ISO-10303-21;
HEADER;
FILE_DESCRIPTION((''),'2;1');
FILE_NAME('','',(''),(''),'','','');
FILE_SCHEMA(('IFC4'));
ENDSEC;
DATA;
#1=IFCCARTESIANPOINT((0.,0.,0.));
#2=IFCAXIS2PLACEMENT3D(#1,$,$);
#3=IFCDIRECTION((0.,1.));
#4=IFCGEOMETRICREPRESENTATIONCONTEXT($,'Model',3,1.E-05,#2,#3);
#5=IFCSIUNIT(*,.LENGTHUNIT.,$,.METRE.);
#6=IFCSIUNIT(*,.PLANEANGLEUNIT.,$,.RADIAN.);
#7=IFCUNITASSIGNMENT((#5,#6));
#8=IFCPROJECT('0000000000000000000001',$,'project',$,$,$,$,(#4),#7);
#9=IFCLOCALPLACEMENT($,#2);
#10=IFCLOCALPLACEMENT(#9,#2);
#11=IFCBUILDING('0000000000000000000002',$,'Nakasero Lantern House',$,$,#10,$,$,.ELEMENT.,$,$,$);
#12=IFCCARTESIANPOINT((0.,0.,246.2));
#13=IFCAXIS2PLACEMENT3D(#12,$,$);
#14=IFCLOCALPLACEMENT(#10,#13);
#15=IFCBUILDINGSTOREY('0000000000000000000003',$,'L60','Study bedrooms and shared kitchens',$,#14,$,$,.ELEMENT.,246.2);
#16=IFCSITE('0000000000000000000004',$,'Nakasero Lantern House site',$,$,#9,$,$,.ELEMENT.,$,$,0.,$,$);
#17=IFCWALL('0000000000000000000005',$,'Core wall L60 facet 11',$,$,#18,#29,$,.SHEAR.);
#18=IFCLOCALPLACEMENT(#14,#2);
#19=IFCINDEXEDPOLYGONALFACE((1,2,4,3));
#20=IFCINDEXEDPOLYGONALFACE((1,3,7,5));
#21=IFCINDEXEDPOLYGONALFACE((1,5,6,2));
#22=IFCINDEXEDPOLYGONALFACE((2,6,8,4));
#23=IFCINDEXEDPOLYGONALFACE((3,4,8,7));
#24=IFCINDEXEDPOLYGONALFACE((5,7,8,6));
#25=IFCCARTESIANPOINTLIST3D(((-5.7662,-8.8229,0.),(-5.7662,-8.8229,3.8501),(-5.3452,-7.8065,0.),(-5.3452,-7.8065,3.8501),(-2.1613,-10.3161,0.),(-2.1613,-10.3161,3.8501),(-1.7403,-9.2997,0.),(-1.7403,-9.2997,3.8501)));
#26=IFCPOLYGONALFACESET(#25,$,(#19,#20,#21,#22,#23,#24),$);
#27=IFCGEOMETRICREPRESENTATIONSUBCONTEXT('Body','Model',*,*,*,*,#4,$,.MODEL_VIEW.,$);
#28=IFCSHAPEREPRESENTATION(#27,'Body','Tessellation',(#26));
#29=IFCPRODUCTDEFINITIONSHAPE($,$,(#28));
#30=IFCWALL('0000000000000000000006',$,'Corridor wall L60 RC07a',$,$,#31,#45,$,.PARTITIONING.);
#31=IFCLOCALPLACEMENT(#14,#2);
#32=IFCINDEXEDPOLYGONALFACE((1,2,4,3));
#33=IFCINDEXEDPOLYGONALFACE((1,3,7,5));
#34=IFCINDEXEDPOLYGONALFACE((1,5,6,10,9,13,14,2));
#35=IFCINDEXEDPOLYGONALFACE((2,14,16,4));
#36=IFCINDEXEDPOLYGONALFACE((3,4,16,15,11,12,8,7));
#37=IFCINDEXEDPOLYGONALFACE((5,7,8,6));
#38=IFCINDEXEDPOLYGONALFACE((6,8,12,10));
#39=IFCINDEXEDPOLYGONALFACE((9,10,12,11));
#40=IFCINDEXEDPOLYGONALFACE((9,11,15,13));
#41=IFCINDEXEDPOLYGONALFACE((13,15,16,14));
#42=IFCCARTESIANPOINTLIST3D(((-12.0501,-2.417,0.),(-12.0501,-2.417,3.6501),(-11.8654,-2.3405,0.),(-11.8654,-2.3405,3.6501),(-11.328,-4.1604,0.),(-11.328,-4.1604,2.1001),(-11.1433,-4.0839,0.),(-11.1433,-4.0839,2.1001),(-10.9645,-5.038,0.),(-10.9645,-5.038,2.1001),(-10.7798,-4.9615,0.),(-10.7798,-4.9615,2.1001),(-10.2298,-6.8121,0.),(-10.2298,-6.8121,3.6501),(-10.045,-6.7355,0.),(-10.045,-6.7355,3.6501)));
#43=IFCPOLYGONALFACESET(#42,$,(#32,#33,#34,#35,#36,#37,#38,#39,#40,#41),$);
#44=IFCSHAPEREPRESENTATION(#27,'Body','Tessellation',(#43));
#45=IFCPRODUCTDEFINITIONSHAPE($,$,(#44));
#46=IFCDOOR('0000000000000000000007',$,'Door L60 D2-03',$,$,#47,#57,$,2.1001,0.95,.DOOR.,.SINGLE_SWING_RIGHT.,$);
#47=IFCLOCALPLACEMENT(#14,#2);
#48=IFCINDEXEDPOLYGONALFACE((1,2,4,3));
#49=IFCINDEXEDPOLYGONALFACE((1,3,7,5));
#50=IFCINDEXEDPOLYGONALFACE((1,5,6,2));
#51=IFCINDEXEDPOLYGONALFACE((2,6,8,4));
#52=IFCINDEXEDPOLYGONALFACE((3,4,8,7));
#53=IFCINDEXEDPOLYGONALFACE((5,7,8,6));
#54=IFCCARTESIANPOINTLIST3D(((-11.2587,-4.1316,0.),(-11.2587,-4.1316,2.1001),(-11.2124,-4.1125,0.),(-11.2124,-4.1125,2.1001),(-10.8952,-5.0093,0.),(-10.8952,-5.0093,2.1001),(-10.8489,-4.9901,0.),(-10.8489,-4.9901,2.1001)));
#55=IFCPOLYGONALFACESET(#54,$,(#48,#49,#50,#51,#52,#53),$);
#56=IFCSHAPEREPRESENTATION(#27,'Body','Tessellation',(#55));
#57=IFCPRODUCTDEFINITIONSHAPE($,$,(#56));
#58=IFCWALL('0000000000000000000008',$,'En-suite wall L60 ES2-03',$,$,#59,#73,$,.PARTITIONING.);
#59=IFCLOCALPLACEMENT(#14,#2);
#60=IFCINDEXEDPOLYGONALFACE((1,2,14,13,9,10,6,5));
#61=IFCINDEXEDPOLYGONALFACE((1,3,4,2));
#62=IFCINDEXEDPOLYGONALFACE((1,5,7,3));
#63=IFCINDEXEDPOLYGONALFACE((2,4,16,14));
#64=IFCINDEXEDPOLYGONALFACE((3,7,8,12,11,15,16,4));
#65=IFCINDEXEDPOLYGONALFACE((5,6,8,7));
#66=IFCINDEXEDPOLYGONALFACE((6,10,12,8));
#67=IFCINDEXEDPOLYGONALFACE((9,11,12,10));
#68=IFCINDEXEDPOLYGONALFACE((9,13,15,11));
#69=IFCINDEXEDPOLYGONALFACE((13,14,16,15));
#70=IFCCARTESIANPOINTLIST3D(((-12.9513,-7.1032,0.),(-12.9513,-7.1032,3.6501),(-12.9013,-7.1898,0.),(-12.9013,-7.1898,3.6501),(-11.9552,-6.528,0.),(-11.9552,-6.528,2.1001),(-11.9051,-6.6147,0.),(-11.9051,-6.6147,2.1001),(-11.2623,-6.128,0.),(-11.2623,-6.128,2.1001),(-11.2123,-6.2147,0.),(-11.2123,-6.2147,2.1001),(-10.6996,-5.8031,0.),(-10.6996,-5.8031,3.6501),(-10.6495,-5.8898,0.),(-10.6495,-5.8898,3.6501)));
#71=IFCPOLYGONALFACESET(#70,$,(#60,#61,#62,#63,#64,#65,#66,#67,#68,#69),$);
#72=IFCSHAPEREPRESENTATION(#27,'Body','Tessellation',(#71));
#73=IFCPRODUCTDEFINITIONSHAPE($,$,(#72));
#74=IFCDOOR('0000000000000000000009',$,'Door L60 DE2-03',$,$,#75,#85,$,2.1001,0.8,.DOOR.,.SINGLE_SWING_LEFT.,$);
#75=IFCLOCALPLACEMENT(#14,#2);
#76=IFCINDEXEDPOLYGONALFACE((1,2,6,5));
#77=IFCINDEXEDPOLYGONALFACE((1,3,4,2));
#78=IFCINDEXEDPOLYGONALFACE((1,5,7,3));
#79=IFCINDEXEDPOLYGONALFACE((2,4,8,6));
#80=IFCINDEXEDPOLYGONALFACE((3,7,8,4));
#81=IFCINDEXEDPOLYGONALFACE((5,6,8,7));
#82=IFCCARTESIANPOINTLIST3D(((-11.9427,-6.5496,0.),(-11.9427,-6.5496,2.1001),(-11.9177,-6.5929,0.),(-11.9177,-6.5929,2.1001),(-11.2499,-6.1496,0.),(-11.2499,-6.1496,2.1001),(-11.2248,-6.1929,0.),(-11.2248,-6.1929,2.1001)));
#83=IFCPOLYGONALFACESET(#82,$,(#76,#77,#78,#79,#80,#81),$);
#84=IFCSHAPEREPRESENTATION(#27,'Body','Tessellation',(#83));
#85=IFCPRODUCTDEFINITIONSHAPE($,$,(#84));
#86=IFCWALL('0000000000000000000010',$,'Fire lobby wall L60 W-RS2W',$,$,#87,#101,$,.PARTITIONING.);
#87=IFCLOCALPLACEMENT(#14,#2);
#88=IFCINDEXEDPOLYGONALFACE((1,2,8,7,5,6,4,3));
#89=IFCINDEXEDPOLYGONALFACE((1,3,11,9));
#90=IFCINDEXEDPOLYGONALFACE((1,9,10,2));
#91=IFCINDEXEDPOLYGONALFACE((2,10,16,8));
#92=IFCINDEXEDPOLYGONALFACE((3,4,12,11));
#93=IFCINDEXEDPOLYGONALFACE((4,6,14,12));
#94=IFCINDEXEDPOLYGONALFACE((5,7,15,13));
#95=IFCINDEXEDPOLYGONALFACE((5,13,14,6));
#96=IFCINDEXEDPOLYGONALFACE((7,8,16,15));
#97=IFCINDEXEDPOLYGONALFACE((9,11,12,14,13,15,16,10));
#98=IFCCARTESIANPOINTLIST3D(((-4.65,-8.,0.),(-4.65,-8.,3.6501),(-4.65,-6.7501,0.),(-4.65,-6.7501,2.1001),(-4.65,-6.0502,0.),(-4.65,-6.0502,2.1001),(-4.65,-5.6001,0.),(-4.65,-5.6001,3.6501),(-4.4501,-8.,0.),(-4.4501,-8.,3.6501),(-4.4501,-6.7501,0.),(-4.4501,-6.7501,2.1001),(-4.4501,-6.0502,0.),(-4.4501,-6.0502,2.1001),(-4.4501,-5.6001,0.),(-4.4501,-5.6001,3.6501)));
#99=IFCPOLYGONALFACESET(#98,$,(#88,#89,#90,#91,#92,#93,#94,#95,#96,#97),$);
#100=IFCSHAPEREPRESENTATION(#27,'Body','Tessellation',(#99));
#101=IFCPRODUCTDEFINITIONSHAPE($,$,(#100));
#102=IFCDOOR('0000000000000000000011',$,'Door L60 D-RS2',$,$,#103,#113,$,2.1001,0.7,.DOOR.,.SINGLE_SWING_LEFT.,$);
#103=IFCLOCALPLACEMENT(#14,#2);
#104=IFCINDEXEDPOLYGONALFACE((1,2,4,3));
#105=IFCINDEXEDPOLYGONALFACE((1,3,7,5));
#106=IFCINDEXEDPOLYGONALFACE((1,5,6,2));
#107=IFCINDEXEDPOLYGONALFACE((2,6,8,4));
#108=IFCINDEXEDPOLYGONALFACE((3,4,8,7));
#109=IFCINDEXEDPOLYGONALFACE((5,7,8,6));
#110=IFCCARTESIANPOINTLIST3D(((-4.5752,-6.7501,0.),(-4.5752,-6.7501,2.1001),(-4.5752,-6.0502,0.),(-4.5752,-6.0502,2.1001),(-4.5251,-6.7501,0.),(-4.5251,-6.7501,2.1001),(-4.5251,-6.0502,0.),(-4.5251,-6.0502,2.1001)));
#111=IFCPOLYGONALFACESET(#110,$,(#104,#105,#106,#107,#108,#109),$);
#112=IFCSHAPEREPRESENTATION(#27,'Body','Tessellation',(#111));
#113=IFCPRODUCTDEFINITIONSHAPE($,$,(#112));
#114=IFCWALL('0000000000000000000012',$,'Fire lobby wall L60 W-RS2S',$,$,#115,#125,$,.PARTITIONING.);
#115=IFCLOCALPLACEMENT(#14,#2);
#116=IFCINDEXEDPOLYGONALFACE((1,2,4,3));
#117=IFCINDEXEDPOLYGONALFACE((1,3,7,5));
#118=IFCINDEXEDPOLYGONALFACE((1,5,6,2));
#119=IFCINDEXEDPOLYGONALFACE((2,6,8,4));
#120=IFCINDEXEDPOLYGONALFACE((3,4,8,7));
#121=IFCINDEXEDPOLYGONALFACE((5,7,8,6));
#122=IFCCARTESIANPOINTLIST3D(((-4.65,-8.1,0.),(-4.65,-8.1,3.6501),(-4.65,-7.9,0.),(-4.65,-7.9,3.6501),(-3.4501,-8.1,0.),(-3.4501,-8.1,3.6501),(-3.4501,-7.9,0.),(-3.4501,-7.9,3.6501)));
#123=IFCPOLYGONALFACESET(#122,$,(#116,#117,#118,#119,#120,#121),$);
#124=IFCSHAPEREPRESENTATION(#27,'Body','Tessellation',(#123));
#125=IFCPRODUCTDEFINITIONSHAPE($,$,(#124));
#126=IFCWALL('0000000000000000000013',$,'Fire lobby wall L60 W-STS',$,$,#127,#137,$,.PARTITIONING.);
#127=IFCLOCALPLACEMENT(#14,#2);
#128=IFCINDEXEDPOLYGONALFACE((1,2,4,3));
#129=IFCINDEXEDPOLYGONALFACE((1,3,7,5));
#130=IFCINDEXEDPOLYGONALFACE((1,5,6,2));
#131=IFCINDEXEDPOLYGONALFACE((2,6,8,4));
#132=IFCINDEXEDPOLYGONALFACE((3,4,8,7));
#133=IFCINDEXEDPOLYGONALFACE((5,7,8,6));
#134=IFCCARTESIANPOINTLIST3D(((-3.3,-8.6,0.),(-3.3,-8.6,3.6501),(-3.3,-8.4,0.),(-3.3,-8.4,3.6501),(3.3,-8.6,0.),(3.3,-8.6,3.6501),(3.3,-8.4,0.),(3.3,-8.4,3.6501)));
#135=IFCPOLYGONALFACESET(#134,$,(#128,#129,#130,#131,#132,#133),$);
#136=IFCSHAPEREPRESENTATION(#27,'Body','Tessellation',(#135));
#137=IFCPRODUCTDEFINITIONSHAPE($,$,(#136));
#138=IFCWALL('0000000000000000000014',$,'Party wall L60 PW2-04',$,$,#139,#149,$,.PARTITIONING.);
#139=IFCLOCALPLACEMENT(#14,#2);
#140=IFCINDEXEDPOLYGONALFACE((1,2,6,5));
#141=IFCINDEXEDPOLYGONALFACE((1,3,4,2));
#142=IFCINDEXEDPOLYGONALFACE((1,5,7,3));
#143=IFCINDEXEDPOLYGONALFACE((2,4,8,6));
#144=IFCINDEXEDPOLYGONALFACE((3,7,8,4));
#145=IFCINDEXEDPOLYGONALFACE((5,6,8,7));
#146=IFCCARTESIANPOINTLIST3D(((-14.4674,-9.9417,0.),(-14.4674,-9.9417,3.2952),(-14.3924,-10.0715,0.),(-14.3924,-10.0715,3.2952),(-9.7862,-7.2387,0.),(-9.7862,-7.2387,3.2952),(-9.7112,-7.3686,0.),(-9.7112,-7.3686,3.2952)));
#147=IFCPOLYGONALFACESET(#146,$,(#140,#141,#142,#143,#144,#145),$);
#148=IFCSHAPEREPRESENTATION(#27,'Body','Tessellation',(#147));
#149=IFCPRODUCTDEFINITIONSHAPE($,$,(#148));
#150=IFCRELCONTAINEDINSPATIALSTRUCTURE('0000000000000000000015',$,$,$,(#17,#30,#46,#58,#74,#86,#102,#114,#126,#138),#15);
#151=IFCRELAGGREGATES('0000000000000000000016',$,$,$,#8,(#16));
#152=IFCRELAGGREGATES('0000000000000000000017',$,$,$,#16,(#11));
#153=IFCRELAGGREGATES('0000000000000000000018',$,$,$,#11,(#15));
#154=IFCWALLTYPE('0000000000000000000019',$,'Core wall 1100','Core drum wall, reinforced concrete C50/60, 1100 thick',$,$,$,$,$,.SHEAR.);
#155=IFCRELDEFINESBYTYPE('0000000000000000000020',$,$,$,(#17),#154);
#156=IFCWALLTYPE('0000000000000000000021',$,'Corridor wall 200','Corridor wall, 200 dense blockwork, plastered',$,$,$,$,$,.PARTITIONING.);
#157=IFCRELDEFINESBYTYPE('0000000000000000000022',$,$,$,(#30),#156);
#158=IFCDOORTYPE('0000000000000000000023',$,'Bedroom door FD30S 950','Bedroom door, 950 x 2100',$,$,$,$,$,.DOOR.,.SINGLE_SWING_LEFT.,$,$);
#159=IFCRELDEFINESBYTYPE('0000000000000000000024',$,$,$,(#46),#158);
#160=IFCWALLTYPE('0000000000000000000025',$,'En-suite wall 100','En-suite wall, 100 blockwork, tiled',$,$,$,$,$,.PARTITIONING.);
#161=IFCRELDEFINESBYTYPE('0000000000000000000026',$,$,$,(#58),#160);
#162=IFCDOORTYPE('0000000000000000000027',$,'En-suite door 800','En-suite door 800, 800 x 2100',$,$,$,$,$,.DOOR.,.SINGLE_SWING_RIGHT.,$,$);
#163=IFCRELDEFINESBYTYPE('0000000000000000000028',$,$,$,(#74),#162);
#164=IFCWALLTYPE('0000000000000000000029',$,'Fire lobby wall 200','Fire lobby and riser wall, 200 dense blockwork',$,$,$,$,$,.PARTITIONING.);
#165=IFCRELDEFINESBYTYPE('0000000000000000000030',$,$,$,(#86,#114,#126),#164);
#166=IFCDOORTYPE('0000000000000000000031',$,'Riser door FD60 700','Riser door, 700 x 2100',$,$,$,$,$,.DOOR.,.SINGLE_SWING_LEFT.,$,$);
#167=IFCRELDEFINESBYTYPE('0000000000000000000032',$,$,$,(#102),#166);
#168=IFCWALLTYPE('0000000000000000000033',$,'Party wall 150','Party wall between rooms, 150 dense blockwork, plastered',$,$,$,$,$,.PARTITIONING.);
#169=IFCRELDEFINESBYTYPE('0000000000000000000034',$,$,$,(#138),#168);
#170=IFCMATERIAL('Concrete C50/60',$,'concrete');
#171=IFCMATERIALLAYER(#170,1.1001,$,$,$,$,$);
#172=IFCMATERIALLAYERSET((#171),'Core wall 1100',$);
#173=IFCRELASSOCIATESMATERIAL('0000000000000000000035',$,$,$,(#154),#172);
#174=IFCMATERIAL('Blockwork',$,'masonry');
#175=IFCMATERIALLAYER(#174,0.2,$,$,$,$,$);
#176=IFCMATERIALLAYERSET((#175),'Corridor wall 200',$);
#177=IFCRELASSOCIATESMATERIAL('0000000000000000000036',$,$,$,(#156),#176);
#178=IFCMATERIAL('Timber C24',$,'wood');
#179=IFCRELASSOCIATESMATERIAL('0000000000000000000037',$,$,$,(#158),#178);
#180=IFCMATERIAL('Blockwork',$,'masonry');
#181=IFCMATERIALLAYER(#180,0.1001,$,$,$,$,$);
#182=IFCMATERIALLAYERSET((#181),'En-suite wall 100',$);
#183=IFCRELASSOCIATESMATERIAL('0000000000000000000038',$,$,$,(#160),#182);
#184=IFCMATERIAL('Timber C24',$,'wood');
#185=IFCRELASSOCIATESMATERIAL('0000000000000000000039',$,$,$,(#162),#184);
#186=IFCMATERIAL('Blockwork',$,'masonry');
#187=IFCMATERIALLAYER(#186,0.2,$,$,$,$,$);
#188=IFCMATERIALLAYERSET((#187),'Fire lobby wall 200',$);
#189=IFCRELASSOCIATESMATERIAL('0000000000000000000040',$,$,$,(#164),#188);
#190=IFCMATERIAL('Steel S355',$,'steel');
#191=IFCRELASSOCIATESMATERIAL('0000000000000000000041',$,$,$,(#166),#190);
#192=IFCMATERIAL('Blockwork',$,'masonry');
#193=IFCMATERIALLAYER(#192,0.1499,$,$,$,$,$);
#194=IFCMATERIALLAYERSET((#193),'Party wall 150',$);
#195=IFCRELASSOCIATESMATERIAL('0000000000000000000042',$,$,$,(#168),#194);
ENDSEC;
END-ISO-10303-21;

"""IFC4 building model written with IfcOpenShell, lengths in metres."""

from ifc_helpers import new_model, si_unit, direction, frame, frame_2d, origin, place, context, subcontext, project, spatial, rectangle, extrude, material, layer, layer_set, type_object, element, fill, save


model = new_model("IFC4")

# Units and contexts
model_context = context("Model", 3, precision=1e-05, world=origin(), true_north=direction((0.0, 1.0)))
body_context = subcontext(model_context, "Body", "Model", "MODEL_VIEW")
ifc_project = project(units=[si_unit("LENGTHUNIT", "METRE"), si_unit("PLANEANGLEUNIT", "RADIAN")], contexts=[model_context])

# Site, building, storey
site_placement = place(None, origin())
site = spatial("IfcSite", under=ifc_project, at=site_placement, Name="Nakasero Lantern House site", CompositionType="ELEMENT", RefElevation=0.0)
building_placement = place(site_placement, origin())
building = spatial("IfcBuilding", under=site, at=building_placement, Name="Nakasero Lantern House", CompositionType="ELEMENT")
storey_placement = place(building_placement, frame((0.0, 0.0, 246.2)))
storey = spatial("IfcBuildingStorey", under=building, at=storey_placement, Name="L60", Description="Study bedrooms and shared kitchens", CompositionType="ELEMENT", Elevation=246.2)

# Wall
ifc_material_1 = material(Name="Concrete C50/60", Category="concrete")
ifc_layer_1 = layer(ifc_material_1, 1.1001)
ifc_layer_set_1 = layer_set([ifc_layer_1], Name="Core wall 1100")
wall_type_1 = type_object("IfcWallType", Name="Core wall 1100", Description="Core drum wall, reinforced concrete C50/60, 1100 thick", PredefinedType="SHEAR", material=ifc_layer_set_1)
wall_1_placement = place(storey_placement, frame((-5.5557, -8.3147, 0.0), z_axis=(0.0, 0.0, 1.0), x_axis=(0.923877, -0.382691, 0.0)))
element("IfcWall", 1, at=wall_1_placement, inside=storey, type_object=wall_type_1, Name="Core wall L60 facet 11", PredefinedType="SHEAR", context=body_context, shape_type="SweptSolid", body=[
    extrude(rectangle(XDim=3.9019, YDim=1.1001, at=frame_2d((1.9509, 0.0))), origin(), (0.0, 0.0, 1.0), 3.8501),
])

# Walls, openings, doors
ifc_material_2 = material(Name="Blockwork", Category="masonry")
ifc_layer_2 = layer(ifc_material_2, 0.2)
ifc_layer_set_2 = layer_set([ifc_layer_2], Name="Corridor wall 200")
wall_type_2 = type_object("IfcWallType", Name="Corridor wall 200", Description="Corridor wall, 200 dense blockwork, plastered", PredefinedType="PARTITIONING", material=ifc_layer_set_2)
wall_2_placement = place(storey_placement, frame((-10.1375, -6.7737, 0.0), z_axis=(0.0, 0.0, 1.0), x_axis=(-0.382654, 0.923892, 0.0)))
wall_2 = element("IfcWall", 2, at=wall_2_placement, inside=storey, type_object=wall_type_2, Name="Corridor wall L60 RC07a", PredefinedType="PARTITIONING", context=body_context, shape_type="SweptSolid", body=[
    extrude(rectangle(XDim=4.7571, YDim=0.2, at=frame_2d((2.3784, 0.0))), origin(), (0.0, 0.0, 1.0), 3.6501),
])
opening_1_placement = place(wall_2_placement, frame((1.9199, 0.0, 0.0)))
opening_1 = element("IfcOpeningElement", 3, at=opening_1_placement, cuts=wall_2, PredefinedType="OPENING", context=body_context, shape_type="SweptSolid", body=[
    extrude(rectangle(XDim=0.95, YDim=2.1001, at=frame_2d((0.4751, 1.05))), frame((0.0, 0.1199, 0.0), z_axis=(0.0, -1.0, 0.0), x_axis=(1.0, 0.0, 0.0)), (0.0, 0.0, 1.0), 0.24),
])
ifc_material_3 = material(Name="Timber C24", Category="wood")
door_type_1 = type_object("IfcDoorType", Name="Bedroom door FD30S 950", Description="Bedroom door, 950 x 2100", OperationType="SINGLE_SWING_LEFT", PredefinedType="DOOR", material=ifc_material_3)
door_1_placement = place(opening_1_placement, origin())
door_1 = element("IfcDoor", 4, at=door_1_placement, inside=storey, type_object=door_type_1, Name="Door L60 D2-03", OperationType="SINGLE_SWING_RIGHT", OverallHeight=2.1001, OverallWidth=0.95, PredefinedType="DOOR", context=body_context, shape_type="SweptSolid", body=[
    extrude(rectangle(XDim=0.95, YDim=2.1001, at=frame_2d((0.4751, 1.05))), frame((0.0, 0.0249, 0.0), z_axis=(0.0, -1.0, 0.0), x_axis=(1.0, 0.0, 0.0)), (0.0, 0.0, 1.0), 0.05),
])
fill(opening_1, door_1)
ifc_material_4 = material(Name="Blockwork", Category="masonry")
ifc_layer_3 = layer(ifc_material_4, 0.1001)
ifc_layer_set_3 = layer_set([ifc_layer_3], Name="En-suite wall 100")
wall_type_3 = type_object("IfcWallType", Name="En-suite wall 100", Description="En-suite wall, 100 blockwork, tiled", PredefinedType="PARTITIONING", material=ifc_layer_set_3)
wall_3_placement = place(storey_placement, frame((-10.6746, -5.8464, 0.0), z_axis=(0.0, 0.0, 1.0), x_axis=(-0.866021, -0.500007, 0.0)))
wall_3 = element("IfcWall", 5, at=wall_3_placement, inside=storey, type_object=wall_type_3, Name="En-suite wall L60 ES2-03", PredefinedType="PARTITIONING", context=body_context, shape_type="SweptSolid", body=[
    extrude(rectangle(XDim=2.6001, YDim=0.1001, at=frame_2d((1.3, 0.0))), origin(), (0.0, 0.0, 1.0), 3.6501),
])
opening_2_placement = place(wall_3_placement, frame((0.6499, 0.0, 0.0)))
opening_2 = element("IfcOpeningElement", 6, at=opening_2_placement, cuts=wall_3, PredefinedType="OPENING", context=body_context, shape_type="SweptSolid", body=[
    extrude(rectangle(XDim=0.8, YDim=2.1001, at=frame_2d((0.3999, 1.05))), frame((0.0, 0.0701, 0.0), z_axis=(0.0, -1.0, 0.0), x_axis=(1.0, 0.0, 0.0)), (0.0, 0.0, 1.0), 0.1401),
])
ifc_material_5 = material(Name="Timber C24", Category="wood")
door_type_2 = type_object("IfcDoorType", Name="En-suite door 800", Description="En-suite door 800, 800 x 2100", OperationType="SINGLE_SWING_RIGHT", PredefinedType="DOOR", material=ifc_material_5)
door_2_placement = place(opening_2_placement, origin())
door_2 = element("IfcDoor", 7, at=door_2_placement, inside=storey, type_object=door_type_2, Name="Door L60 DE2-03", OperationType="SINGLE_SWING_LEFT", OverallHeight=2.1001, OverallWidth=0.8, PredefinedType="DOOR", context=body_context, shape_type="SweptSolid", body=[
    extrude(rectangle(XDim=0.8, YDim=2.1001, at=frame_2d((0.3999, 1.05))), frame((0.0, 0.0249, 0.0), z_axis=(0.0, -1.0, 0.0), x_axis=(1.0, 0.0, 0.0)), (0.0, 0.0, 1.0), 0.05),
])
fill(opening_2, door_2)
ifc_material_6 = material(Name="Blockwork", Category="masonry")
ifc_layer_4 = layer(ifc_material_6, 0.2)
ifc_layer_set_4 = layer_set([ifc_layer_4], Name="Fire lobby wall 200")
wall_type_4 = type_object("IfcWallType", Name="Fire lobby wall 200", Description="Fire lobby and riser wall, 200 dense blockwork", PredefinedType="PARTITIONING", material=ifc_layer_set_4)
wall_4_placement = place(storey_placement, frame((-4.55, -5.6001, 0.0), z_axis=(0.0, 0.0, 1.0), x_axis=(0.0, -1.0, 0.0)))
wall_4 = element("IfcWall", 8, at=wall_4_placement, inside=storey, type_object=wall_type_4, Name="Fire lobby wall L60 W-RS2W", PredefinedType="PARTITIONING", context=body_context, shape_type="SweptSolid", body=[
    extrude(rectangle(XDim=2.3999, YDim=0.2, at=frame_2d((1.2, 0.0))), origin(), (0.0, 0.0, 1.0), 3.6501),
])
opening_3_placement = place(wall_4_placement, frame((0.45, 0.0, 0.0)))
opening_3 = element("IfcOpeningElement", 9, at=opening_3_placement, cuts=wall_4, PredefinedType="OPENING", context=body_context, shape_type="SweptSolid", body=[
    extrude(rectangle(XDim=0.7, YDim=2.1001, at=frame_2d((0.3501, 1.05))), frame((0.0, 0.1199, 0.0), z_axis=(0.0, -1.0, 0.0), x_axis=(1.0, 0.0, 0.0)), (0.0, 0.0, 1.0), 0.24),
])
ifc_material_7 = material(Name="Steel S355", Category="steel")
door_type_3 = type_object("IfcDoorType", Name="Riser door FD60 700", Description="Riser door, 700 x 2100", OperationType="SINGLE_SWING_LEFT", PredefinedType="DOOR", material=ifc_material_7)
door_3_placement = place(opening_3_placement, origin())
door_3 = element("IfcDoor", 10, at=door_3_placement, inside=storey, type_object=door_type_3, Name="Door L60 D-RS2", OperationType="SINGLE_SWING_LEFT", OverallHeight=2.1001, OverallWidth=0.7, PredefinedType="DOOR", context=body_context, shape_type="SweptSolid", body=[
    extrude(rectangle(XDim=0.7, YDim=2.1001, at=frame_2d((0.3501, 1.05))), frame((0.0, 0.0249, 0.0), z_axis=(0.0, -1.0, 0.0), x_axis=(1.0, 0.0, 0.0)), (0.0, 0.0, 1.0), 0.05),
])
fill(opening_3, door_3)

# Walls
wall_5_placement = place(storey_placement, frame((-3.45, -8.0, 0.0), z_axis=(0.0, 0.0, 1.0), x_axis=(-1.0, 0.0, 0.0)))
element("IfcWall", 11, at=wall_5_placement, inside=storey, type_object=wall_type_4, Name="Fire lobby wall L60 W-RS2S", PredefinedType="PARTITIONING", context=body_context, shape_type="SweptSolid", body=[
    extrude(rectangle(XDim=1.2, YDim=0.2, at=frame_2d((0.6001, 0.0))), origin(), (0.0, 0.0, 1.0), 3.6501),
])
wall_6_placement = place(storey_placement, frame((-3.3, -8.5, 0.0), z_axis=(0.0, 0.0, 1.0), x_axis=(1.0, 0.0, 0.0)))
element("IfcWall", 12, at=wall_6_placement, inside=storey, type_object=wall_type_4, Name="Fire lobby wall L60 W-STS", PredefinedType="PARTITIONING", context=body_context, shape_type="SweptSolid", body=[
    extrude(rectangle(XDim=6.6001, YDim=0.2, at=frame_2d((3.3, 0.0))), origin(), (0.0, 0.0, 1.0), 3.6501),
])
ifc_material_8 = material(Name="Blockwork", Category="masonry")
ifc_layer_5 = layer(ifc_material_8, 0.1499)
ifc_layer_set_5 = layer_set([ifc_layer_5], Name="Party wall 150")
wall_type_5 = type_object("IfcWallType", Name="Party wall 150", Description="Party wall between rooms, 150 dense blockwork, plastered", PredefinedType="PARTITIONING", material=ifc_layer_set_5)
wall_7_placement = place(storey_placement, frame((-9.7488, -7.3037, 0.0), z_axis=(0.0, 0.0, 1.0), x_axis=(-0.866008, -0.50003, 0.0)))
element("IfcWall", 13, at=wall_7_placement, inside=storey, type_object=wall_type_5, Name="Party wall L60 PW2-04", PredefinedType="PARTITIONING", context=body_context, shape_type="SweptSolid", body=[
    extrude(rectangle(XDim=5.4055, YDim=0.1499, at=frame_2d((2.7026, 0.0))), origin(), (0.0, 0.0, 1.0), 3.2952),
])

save(model, "model.ifc")
